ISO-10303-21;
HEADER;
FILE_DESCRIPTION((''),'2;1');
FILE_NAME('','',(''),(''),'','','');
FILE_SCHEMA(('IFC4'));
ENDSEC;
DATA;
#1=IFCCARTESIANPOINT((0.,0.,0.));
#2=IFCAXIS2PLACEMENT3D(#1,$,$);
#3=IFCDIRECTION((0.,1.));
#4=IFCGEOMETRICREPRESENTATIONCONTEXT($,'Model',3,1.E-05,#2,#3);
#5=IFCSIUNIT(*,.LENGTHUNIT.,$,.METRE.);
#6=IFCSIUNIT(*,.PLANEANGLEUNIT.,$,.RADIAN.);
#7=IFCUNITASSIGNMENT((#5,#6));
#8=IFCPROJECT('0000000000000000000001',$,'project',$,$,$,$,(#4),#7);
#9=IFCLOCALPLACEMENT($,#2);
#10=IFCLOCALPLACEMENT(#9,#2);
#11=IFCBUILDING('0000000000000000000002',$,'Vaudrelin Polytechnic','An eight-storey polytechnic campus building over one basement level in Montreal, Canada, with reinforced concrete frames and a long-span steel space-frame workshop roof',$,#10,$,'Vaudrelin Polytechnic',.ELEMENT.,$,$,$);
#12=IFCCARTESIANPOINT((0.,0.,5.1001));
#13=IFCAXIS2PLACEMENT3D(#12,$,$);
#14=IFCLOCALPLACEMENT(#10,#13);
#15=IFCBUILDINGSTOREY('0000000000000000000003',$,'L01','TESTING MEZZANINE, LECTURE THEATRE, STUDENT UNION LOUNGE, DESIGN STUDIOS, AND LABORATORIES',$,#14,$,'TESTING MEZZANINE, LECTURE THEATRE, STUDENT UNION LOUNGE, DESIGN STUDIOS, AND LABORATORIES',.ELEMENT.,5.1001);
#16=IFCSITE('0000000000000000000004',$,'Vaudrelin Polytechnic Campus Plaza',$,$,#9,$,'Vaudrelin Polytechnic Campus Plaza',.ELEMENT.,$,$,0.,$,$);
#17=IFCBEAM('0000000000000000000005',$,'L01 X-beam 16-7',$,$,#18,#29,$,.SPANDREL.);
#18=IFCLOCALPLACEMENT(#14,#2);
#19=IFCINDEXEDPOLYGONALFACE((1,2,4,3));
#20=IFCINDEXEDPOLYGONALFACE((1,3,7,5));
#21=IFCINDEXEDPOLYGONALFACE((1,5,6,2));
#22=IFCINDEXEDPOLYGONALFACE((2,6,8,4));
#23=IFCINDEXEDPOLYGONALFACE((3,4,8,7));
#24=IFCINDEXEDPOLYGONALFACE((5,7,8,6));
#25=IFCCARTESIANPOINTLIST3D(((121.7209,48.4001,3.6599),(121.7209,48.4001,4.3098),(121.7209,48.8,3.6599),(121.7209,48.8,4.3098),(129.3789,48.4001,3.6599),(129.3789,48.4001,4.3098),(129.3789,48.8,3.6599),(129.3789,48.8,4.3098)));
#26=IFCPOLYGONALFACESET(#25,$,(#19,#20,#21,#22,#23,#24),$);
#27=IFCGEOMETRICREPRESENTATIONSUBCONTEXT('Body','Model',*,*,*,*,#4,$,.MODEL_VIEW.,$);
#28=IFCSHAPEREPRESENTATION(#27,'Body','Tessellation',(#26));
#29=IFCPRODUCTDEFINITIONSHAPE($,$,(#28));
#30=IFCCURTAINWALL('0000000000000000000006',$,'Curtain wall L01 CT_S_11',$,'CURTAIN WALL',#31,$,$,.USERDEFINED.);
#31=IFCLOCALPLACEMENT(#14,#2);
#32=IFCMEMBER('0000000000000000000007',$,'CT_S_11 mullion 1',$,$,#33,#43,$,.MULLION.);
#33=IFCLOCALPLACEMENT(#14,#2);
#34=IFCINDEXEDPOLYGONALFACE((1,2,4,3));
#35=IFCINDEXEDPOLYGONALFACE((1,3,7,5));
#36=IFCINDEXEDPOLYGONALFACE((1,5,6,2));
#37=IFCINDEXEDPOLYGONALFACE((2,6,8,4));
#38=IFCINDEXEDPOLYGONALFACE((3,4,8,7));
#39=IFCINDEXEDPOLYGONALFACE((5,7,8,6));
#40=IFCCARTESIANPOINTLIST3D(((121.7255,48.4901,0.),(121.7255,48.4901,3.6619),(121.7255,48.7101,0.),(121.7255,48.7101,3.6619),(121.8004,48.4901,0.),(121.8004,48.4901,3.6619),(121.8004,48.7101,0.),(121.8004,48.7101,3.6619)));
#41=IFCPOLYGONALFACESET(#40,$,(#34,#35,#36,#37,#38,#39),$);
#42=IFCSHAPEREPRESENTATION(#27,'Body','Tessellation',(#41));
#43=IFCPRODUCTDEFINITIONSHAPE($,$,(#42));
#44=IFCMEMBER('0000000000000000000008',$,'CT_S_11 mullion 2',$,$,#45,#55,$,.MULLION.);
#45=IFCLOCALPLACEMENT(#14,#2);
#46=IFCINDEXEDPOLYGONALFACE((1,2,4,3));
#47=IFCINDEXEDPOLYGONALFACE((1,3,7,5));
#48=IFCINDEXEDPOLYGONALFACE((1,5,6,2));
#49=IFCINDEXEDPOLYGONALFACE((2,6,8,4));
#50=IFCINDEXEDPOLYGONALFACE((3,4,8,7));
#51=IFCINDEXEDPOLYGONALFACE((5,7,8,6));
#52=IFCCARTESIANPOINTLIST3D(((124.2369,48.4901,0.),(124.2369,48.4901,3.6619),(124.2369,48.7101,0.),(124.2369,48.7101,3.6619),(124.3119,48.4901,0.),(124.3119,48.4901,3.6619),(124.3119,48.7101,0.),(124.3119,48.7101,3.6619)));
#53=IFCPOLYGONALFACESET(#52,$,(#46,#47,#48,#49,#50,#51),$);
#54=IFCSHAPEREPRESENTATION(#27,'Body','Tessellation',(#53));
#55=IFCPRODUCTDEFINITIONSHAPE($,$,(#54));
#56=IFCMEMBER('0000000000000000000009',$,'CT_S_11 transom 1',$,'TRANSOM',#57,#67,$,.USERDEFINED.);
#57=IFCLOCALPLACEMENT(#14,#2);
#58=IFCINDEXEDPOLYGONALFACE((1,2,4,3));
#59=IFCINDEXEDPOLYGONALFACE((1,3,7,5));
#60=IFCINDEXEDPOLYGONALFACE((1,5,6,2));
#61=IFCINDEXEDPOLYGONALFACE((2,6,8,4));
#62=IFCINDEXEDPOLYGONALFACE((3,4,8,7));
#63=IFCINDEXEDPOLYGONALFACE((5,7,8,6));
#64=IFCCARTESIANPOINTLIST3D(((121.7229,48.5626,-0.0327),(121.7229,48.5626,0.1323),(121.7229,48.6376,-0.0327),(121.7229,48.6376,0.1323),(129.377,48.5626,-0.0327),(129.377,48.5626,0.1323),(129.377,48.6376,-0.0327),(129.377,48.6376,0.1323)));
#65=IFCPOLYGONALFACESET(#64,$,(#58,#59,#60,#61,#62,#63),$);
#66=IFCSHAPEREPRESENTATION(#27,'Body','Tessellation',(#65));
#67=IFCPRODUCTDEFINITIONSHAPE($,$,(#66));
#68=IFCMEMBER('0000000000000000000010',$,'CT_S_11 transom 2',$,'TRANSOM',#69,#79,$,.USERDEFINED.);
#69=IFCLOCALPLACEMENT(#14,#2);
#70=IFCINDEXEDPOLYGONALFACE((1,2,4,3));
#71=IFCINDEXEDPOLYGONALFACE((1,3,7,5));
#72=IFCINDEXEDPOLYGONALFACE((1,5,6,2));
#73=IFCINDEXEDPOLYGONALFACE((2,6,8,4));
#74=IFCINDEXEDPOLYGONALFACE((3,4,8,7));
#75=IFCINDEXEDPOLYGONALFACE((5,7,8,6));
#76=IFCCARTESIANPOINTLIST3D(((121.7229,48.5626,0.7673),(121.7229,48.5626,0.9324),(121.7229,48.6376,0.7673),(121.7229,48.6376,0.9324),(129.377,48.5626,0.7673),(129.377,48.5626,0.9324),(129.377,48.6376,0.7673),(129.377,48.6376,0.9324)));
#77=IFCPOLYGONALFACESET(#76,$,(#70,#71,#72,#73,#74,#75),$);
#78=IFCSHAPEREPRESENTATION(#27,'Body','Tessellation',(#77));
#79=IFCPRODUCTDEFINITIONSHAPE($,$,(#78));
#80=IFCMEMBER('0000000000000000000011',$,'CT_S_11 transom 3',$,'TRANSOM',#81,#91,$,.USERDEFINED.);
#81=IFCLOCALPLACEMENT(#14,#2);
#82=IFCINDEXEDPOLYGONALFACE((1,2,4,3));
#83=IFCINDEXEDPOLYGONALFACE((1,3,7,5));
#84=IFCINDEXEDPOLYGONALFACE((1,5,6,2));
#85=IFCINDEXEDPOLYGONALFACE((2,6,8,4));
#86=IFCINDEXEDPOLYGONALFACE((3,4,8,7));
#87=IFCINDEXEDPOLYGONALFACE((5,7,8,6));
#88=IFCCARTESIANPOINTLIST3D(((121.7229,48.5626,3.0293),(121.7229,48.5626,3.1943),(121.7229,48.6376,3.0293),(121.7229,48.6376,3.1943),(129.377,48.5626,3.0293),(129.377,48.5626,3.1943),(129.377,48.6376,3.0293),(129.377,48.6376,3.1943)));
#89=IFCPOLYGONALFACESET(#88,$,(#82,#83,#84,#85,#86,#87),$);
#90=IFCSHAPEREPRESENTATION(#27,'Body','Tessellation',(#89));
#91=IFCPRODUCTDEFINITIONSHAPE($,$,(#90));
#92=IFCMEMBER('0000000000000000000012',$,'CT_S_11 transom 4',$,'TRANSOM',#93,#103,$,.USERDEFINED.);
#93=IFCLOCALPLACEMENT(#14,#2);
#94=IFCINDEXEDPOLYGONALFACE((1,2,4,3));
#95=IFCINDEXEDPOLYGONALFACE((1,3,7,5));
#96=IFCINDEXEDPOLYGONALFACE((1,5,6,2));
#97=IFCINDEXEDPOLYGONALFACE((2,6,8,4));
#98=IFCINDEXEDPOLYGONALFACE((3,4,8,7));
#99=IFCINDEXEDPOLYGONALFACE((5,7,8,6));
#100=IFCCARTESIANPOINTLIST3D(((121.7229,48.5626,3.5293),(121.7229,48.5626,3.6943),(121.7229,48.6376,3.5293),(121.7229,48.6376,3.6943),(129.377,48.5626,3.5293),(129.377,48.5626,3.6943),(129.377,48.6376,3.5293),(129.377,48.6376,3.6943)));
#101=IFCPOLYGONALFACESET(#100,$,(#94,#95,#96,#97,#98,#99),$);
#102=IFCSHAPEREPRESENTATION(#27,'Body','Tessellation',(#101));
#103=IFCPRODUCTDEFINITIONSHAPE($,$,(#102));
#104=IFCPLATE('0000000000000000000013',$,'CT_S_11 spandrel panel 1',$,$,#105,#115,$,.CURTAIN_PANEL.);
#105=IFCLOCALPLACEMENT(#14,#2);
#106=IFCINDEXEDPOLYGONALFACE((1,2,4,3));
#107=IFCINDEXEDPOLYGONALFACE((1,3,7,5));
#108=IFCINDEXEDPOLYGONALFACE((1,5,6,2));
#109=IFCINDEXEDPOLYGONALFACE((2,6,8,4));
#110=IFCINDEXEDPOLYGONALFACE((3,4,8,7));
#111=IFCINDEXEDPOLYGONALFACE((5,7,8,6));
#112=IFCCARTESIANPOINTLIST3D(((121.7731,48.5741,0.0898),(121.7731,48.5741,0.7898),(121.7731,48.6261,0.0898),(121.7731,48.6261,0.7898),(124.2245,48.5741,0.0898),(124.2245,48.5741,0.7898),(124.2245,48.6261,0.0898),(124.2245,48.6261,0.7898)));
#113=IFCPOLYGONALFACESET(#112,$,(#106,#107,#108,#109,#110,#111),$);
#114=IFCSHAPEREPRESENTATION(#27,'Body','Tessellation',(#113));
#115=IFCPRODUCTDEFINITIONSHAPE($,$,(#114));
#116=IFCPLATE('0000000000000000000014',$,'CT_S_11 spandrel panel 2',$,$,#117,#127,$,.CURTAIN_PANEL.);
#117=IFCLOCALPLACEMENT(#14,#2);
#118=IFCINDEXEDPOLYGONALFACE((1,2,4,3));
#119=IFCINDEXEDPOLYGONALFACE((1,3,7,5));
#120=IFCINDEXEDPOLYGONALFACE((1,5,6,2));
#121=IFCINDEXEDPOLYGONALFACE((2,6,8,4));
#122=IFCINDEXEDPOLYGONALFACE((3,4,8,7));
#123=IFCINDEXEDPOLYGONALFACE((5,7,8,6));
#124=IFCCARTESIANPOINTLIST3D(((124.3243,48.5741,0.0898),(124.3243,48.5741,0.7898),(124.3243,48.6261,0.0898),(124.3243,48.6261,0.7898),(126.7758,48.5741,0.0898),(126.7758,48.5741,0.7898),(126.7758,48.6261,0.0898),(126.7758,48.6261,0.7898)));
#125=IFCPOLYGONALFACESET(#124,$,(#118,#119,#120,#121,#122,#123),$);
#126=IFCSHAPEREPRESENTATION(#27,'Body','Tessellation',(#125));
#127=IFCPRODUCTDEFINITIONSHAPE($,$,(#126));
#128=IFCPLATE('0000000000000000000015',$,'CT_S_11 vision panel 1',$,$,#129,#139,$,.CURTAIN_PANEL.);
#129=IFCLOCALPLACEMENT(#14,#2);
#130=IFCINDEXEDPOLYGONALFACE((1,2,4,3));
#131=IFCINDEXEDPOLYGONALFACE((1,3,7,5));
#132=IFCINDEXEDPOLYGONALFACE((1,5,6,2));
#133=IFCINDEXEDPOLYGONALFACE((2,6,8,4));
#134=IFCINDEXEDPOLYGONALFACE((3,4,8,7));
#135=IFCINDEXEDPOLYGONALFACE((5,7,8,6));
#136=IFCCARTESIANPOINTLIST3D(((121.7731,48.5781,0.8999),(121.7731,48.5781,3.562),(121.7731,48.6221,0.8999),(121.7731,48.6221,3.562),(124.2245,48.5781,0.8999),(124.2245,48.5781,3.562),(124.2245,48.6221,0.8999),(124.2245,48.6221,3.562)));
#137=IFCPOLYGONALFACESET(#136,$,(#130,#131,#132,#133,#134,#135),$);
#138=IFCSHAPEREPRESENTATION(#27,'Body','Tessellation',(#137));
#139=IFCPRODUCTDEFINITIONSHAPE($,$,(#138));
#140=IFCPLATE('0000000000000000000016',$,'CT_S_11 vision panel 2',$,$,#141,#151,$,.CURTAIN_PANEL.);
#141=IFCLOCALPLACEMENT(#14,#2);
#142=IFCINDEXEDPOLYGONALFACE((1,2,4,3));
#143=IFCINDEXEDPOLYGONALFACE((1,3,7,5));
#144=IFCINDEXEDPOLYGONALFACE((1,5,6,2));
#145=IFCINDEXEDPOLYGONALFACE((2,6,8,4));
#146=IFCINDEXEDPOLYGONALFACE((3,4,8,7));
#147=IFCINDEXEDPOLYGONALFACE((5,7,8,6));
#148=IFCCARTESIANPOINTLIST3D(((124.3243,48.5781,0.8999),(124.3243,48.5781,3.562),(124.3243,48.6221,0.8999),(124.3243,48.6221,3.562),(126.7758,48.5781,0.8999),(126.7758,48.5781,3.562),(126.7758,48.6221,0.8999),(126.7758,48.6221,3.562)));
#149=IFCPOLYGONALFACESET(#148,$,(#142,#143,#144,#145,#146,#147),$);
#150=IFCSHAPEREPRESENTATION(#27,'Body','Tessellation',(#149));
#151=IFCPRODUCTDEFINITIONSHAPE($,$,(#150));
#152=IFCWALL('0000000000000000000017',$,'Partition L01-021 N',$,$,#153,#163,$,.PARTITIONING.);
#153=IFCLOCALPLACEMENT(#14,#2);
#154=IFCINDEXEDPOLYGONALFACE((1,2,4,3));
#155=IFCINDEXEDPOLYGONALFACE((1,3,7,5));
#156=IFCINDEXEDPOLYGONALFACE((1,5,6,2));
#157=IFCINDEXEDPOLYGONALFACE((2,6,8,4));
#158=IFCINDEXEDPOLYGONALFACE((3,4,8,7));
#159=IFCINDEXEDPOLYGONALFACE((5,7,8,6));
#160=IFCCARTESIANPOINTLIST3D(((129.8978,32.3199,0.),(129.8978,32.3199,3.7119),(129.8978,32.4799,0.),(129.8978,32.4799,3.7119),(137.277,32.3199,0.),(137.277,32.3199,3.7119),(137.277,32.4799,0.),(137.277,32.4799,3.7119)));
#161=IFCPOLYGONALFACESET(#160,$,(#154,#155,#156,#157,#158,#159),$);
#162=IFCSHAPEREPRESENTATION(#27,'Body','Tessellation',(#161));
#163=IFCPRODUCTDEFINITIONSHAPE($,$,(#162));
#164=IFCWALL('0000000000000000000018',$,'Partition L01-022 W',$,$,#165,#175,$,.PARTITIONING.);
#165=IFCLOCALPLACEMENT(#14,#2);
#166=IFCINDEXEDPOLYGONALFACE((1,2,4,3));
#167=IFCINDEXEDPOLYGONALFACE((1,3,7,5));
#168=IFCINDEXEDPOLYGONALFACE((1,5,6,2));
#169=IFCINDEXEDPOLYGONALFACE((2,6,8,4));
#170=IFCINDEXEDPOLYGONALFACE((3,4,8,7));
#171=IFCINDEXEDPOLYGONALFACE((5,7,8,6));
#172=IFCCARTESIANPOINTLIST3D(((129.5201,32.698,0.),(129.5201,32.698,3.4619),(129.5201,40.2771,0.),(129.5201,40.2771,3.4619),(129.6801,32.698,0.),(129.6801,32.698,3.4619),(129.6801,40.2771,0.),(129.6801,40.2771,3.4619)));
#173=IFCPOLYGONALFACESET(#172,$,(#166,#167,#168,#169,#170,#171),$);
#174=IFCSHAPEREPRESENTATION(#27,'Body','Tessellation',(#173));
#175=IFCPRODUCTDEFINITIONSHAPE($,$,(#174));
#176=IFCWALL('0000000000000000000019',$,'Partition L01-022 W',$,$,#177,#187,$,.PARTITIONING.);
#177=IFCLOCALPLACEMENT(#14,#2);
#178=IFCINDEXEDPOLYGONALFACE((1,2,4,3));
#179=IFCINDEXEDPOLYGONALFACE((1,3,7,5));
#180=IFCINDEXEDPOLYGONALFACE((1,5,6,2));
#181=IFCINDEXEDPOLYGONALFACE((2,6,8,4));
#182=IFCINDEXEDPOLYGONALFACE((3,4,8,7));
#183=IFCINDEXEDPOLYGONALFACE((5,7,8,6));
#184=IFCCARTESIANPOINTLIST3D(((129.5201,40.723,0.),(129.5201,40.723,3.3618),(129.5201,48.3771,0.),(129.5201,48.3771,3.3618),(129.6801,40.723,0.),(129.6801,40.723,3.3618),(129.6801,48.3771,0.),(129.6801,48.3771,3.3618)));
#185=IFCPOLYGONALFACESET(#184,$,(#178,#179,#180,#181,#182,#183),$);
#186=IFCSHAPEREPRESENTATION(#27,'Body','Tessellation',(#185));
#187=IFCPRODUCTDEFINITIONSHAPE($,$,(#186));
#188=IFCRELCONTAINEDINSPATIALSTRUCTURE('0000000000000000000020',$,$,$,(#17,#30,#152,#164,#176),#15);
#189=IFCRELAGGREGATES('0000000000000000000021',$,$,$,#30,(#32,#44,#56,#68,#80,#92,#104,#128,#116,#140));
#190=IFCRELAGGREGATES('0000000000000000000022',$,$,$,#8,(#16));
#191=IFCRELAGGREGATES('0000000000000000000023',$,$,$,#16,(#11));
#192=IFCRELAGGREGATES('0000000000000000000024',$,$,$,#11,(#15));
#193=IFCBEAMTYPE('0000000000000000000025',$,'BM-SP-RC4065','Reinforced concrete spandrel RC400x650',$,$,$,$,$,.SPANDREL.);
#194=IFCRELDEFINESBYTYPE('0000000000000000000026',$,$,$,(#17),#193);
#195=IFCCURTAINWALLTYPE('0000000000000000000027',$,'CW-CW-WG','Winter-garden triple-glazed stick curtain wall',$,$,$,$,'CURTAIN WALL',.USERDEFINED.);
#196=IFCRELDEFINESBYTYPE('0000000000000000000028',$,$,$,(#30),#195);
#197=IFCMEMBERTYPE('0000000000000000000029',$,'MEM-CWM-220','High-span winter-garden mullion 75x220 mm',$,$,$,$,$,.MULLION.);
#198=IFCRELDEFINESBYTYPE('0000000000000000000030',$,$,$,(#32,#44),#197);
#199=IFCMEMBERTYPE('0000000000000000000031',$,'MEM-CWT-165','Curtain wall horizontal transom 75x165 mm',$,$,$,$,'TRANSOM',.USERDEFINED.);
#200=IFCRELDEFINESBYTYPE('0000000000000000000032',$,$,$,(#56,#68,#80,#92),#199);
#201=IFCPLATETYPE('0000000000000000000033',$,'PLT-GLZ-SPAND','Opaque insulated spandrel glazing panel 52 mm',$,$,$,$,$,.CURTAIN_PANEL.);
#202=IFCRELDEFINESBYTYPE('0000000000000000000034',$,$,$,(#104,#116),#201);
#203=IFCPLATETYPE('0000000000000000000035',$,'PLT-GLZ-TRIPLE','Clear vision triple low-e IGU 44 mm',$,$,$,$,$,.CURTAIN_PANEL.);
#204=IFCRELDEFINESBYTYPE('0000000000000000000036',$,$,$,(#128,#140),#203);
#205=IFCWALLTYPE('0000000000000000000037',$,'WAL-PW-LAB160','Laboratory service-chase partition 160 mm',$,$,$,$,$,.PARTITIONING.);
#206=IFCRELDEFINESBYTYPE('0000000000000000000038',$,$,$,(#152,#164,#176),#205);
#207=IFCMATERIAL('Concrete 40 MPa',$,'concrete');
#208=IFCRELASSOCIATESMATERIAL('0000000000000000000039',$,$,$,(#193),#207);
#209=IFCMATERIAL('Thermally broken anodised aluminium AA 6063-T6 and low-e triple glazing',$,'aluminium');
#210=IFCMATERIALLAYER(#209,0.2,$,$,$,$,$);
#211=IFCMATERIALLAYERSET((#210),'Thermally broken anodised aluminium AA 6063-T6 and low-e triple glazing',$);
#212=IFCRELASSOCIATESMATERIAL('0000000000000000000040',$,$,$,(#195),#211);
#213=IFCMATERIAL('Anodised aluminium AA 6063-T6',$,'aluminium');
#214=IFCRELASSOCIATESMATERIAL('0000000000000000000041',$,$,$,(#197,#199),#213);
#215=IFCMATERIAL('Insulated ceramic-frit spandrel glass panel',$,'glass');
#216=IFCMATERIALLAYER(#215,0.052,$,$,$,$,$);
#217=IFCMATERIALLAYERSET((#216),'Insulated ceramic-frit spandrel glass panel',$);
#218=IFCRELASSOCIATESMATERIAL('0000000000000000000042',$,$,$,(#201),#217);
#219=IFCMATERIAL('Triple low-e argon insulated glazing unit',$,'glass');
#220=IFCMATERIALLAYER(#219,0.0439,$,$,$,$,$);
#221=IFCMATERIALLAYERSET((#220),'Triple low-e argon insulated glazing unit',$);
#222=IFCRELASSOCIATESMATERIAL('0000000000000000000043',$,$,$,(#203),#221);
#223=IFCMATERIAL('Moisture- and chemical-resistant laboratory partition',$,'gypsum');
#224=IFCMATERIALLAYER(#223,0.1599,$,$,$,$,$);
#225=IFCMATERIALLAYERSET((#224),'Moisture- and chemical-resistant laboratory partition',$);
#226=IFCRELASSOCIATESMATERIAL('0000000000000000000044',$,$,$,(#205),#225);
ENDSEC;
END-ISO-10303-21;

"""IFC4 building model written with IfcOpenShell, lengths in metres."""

from ifc_helpers import new_model, si_unit, direction, frame, frame_2d, origin, origin_2d, place, context, subcontext, project, spatial, rectangle, extrude, material, layer, layer_set, material_profile, profile_set, type_object, element, aggregate, save


model = new_model("IFC4")

# Units and contexts
model_context = context("Model", 3, precision=1e-05, world=origin(), true_north=direction((0.0, 1.0)))
body_context = subcontext(model_context, "Body", "Model", "MODEL_VIEW")
ifc_project = project(units=[si_unit("LENGTHUNIT", "METRE"), si_unit("PLANEANGLEUNIT", "RADIAN")], contexts=[model_context])

# Site, building, storey
site_placement = place(None, origin())
site = spatial("IfcSite", under=ifc_project, at=site_placement, Name="Vaudrelin Polytechnic Campus Plaza", LongName="Vaudrelin Polytechnic Campus Plaza", CompositionType="ELEMENT", RefElevation=0.0)
building_placement = place(site_placement, origin())
building = spatial("IfcBuilding", under=site, at=building_placement, Name="Vaudrelin Polytechnic", Description="An eight-storey polytechnic campus building over one basement level in Montreal, Canada, with reinforced concrete frames and a long-span steel space-frame workshop roof", LongName="Vaudrelin Polytechnic", CompositionType="ELEMENT")
storey_placement = place(building_placement, frame((0.0, 0.0, 5.1001)))
storey = spatial("IfcBuildingStorey", under=building, at=storey_placement, Name="L01", Description="TESTING MEZZANINE, LECTURE THEATRE, STUDENT UNION LOUNGE, DESIGN STUDIOS, AND LABORATORIES", LongName="TESTING MEZZANINE, LECTURE THEATRE, STUDENT UNION LOUNGE, DESIGN STUDIOS, AND LABORATORIES", CompositionType="ELEMENT", Elevation=5.1001)

# Shared definitions
ifc_material_1 = material(Name="Concrete 40 MPa", Category="concrete")

# Beam
ifc_material_profile_1 = material_profile(ifc_material_1, rectangle(XDim=0.3999, YDim=0.6499, at=origin_2d()), Name="RC400x650")
ifc_profile_set_1 = profile_set([ifc_material_profile_1], Name="Concrete 40 MPa")
beam_type_1 = type_object("IfcBeamType", Name="BM-SP-RC4065", Description="Reinforced concrete spandrel RC400x650", PredefinedType="SPANDREL", material=ifc_profile_set_1)
beam_1_placement = place(storey_placement, frame((121.7209, 48.6001, 3.9849), z_axis=(1.0, 0.0, 0.0), x_axis=(0.0, 1.0, 0.0)))
element("IfcBeam", 1, at=beam_1_placement, inside=storey, type_object=beam_type_1, Name="L01 X-beam 16-7", PredefinedType="SPANDREL", context=body_context, shape_type="SweptSolid", body=[
    extrude(rectangle(XDim=0.3999, YDim=0.6499, at=origin_2d()), origin(), (0.0, 0.0, 1.0), 7.658),
])

# Curtain wall, members, plates
ifc_material_2 = material(Name="Thermally broken anodised aluminium AA 6063-T6 and low-e triple glazing", Category="aluminium")
ifc_layer_1 = layer(ifc_material_2, 0.2)
ifc_layer_set_1 = layer_set([ifc_layer_1], Name="Thermally broken anodised aluminium AA 6063-T6 and low-e triple glazing")
curtain_wall_type = type_object("IfcCurtainWallType", Name="CW-CW-WG", Description="Winter-garden triple-glazed stick curtain wall", ElementType="CURTAIN WALL", PredefinedType="USERDEFINED", material=ifc_layer_set_1)
curtain_wall_placement = place(storey_placement, origin())
curtain_wall = element("IfcCurtainWall", 2, at=curtain_wall_placement, inside=storey, type_object=curtain_wall_type, Name="Curtain wall L01 CT_S_11", ObjectType="CURTAIN WALL", PredefinedType="USERDEFINED")
ifc_material_3 = material(Name="Anodised aluminium AA 6063-T6", Category="aluminium")
ifc_material_profile_2 = material_profile(ifc_material_3, rectangle(XDim=0.075, YDim=0.22, at=origin_2d()), Name="CWM-75x220")
ifc_profile_set_2 = profile_set([ifc_material_profile_2], Name="Anodised aluminium AA 6063-T6")
member_type_1 = type_object("IfcMemberType", Name="MEM-CWM-220", Description="High-span winter-garden mullion 75x220 mm", PredefinedType="MULLION", material=ifc_profile_set_2)
member_1_placement = place(storey_placement, frame((121.7629, 48.6001, 0.0), z_axis=(0.0, 0.0, 1.0), x_axis=(1.0, 0.0, 0.0)))
member_1 = element("IfcMember", 3, at=member_1_placement, type_object=member_type_1, Name="CT_S_11 mullion 1", PredefinedType="MULLION", context=body_context, shape_type="SweptSolid", body=[
    extrude(rectangle(XDim=0.075, YDim=0.22, at=origin_2d()), origin(), (0.0, 0.0, 1.0), 3.6619),
])
member_2_placement = place(storey_placement, frame((124.2744, 48.6001, 0.0), z_axis=(0.0, 0.0, 1.0), x_axis=(1.0, 0.0, 0.0)))
member_2 = element("IfcMember", 4, at=member_2_placement, type_object=member_type_1, Name="CT_S_11 mullion 2", PredefinedType="MULLION", context=body_context, shape_type="SweptSolid", body=[
    extrude(rectangle(XDim=0.075, YDim=0.22, at=origin_2d()), origin(), (0.0, 0.0, 1.0), 3.6619),
])
ifc_material_profile_3 = material_profile(ifc_material_3, rectangle(XDim=0.075, YDim=0.165, at=origin_2d()), Name="CWT-75x165")
ifc_profile_set_3 = profile_set([ifc_material_profile_3], Name="Anodised aluminium AA 6063-T6")
member_type_2 = type_object("IfcMemberType", Name="MEM-CWT-165", Description="Curtain wall horizontal transom 75x165 mm", ElementType="TRANSOM", PredefinedType="USERDEFINED", material=ifc_profile_set_3)
member_3_placement = place(storey_placement, frame((121.7229, 48.6001, 0.0498), z_axis=(1.0, 0.0, 0.0), x_axis=(0.0, 1.0, 0.0)))
member_3 = element("IfcMember", 5, at=member_3_placement, type_object=member_type_2, Name="CT_S_11 transom 1", ObjectType="TRANSOM", PredefinedType="USERDEFINED", context=body_context, shape_type="SweptSolid", body=[
    extrude(rectangle(XDim=0.075, YDim=0.165, at=origin_2d()), origin(), (0.0, 0.0, 1.0), 7.6541),
])
member_4_placement = place(storey_placement, frame((121.7229, 48.6001, 0.8499), z_axis=(1.0, 0.0, 0.0), x_axis=(0.0, 1.0, 0.0)))
member_4 = element("IfcMember", 6, at=member_4_placement, type_object=member_type_2, Name="CT_S_11 transom 2", ObjectType="TRANSOM", PredefinedType="USERDEFINED", context=body_context, shape_type="SweptSolid", body=[
    extrude(rectangle(XDim=0.075, YDim=0.165, at=origin_2d()), origin(), (0.0, 0.0, 1.0), 7.6541),
])
member_5_placement = place(storey_placement, frame((121.7229, 48.6001, 3.1118), z_axis=(1.0, 0.0, 0.0), x_axis=(0.0, 1.0, 0.0)))
member_5 = element("IfcMember", 7, at=member_5_placement, type_object=member_type_2, Name="CT_S_11 transom 3", ObjectType="TRANSOM", PredefinedType="USERDEFINED", context=body_context, shape_type="SweptSolid", body=[
    extrude(rectangle(XDim=0.075, YDim=0.165, at=origin_2d()), origin(), (0.0, 0.0, 1.0), 7.6541),
])
member_6_placement = place(storey_placement, frame((121.7229, 48.6001, 3.6118), z_axis=(1.0, 0.0, 0.0), x_axis=(0.0, 1.0, 0.0)))
member_6 = element("IfcMember", 8, at=member_6_placement, type_object=member_type_2, Name="CT_S_11 transom 4", ObjectType="TRANSOM", PredefinedType="USERDEFINED", context=body_context, shape_type="SweptSolid", body=[
    extrude(rectangle(XDim=0.075, YDim=0.165, at=origin_2d()), origin(), (0.0, 0.0, 1.0), 7.6541),
])
ifc_material_4 = material(Name="Insulated ceramic-frit spandrel glass panel", Category="glass")
ifc_layer_2 = layer(ifc_material_4, 0.052)
ifc_layer_set_2 = layer_set([ifc_layer_2], Name="Insulated ceramic-frit spandrel glass panel")
plate_type_1 = type_object("IfcPlateType", Name="PLT-GLZ-SPAND", Description="Opaque insulated spandrel glazing panel 52 mm", PredefinedType="CURTAIN_PANEL", material=ifc_layer_set_2)
plate_1_placement = place(storey_placement, frame((122.9988, 48.6001, 0.0898), z_axis=(0.0, 0.0, 1.0), x_axis=(1.0, 0.0, 0.0)))
plate_1 = element("IfcPlate", 9, at=plate_1_placement, type_object=plate_type_1, Name="CT_S_11 spandrel panel 1", PredefinedType="CURTAIN_PANEL", context=body_context, shape_type="SweptSolid", body=[
    extrude(rectangle(XDim=2.4514, YDim=0.052, at=origin_2d()), origin(), (0.0, 0.0, 1.0), 0.7),
])
plate_2_placement = place(storey_placement, frame((125.55, 48.6001, 0.0898), z_axis=(0.0, 0.0, 1.0), x_axis=(1.0, 0.0, 0.0)))
plate_2 = element("IfcPlate", 10, at=plate_2_placement, type_object=plate_type_1, Name="CT_S_11 spandrel panel 2", PredefinedType="CURTAIN_PANEL", context=body_context, shape_type="SweptSolid", body=[
    extrude(rectangle(XDim=2.4514, YDim=0.052, at=origin_2d()), origin(), (0.0, 0.0, 1.0), 0.7),
])
ifc_material_5 = material(Name="Triple low-e argon insulated glazing unit", Category="glass")
ifc_layer_3 = layer(ifc_material_5, 0.0439)
ifc_layer_set_3 = layer_set([ifc_layer_3], Name="Triple low-e argon insulated glazing unit")
plate_type_2 = type_object("IfcPlateType", Name="PLT-GLZ-TRIPLE", Description="Clear vision triple low-e IGU 44 mm", PredefinedType="CURTAIN_PANEL", material=ifc_layer_set_3)
plate_3_placement = place(storey_placement, frame((122.9988, 48.6001, 0.8999), z_axis=(0.0, 0.0, 1.0), x_axis=(1.0, 0.0, 0.0)))
plate_3 = element("IfcPlate", 11, at=plate_3_placement, type_object=plate_type_2, Name="CT_S_11 vision panel 1", PredefinedType="CURTAIN_PANEL", context=body_context, shape_type="SweptSolid", body=[
    extrude(rectangle(XDim=2.4514, YDim=0.0439, at=origin_2d()), origin(), (0.0, 0.0, 1.0), 2.6621),
])
plate_4_placement = place(storey_placement, frame((125.55, 48.6001, 0.8999), z_axis=(0.0, 0.0, 1.0), x_axis=(1.0, 0.0, 0.0)))
plate_4 = element("IfcPlate", 12, at=plate_4_placement, type_object=plate_type_2, Name="CT_S_11 vision panel 2", PredefinedType="CURTAIN_PANEL", context=body_context, shape_type="SweptSolid", body=[
    extrude(rectangle(XDim=2.4514, YDim=0.0439, at=origin_2d()), origin(), (0.0, 0.0, 1.0), 2.6621),
])
aggregate(curtain_wall, [member_1, member_2, member_3, member_4, member_5, member_6, plate_1, plate_3, plate_2, plate_4])

# Walls
ifc_material_6 = material(Name="Moisture- and chemical-resistant laboratory partition", Category="gypsum")
ifc_layer_4 = layer(ifc_material_6, 0.1599)
ifc_layer_set_4 = layer_set([ifc_layer_4], Name="Moisture- and chemical-resistant laboratory partition")
wall_type_1 = type_object("IfcWallType", Name="WAL-PW-LAB160", Description="Laboratory service-chase partition 160 mm", PredefinedType="PARTITIONING", material=ifc_layer_set_4)
wall_1_placement = place(storey_placement, frame((129.8979, 32.3999, 0.0), z_axis=(0.0, 0.0, 1.0), x_axis=(1.0, 0.0, 0.0)))
element("IfcWall", 13, at=wall_1_placement, inside=storey, type_object=wall_type_1, Name="Partition L01-021 N", PredefinedType="PARTITIONING", context=body_context, shape_type="SweptSolid", body=[
    extrude(rectangle(XDim=7.3792, YDim=0.1599, at=frame_2d((3.6895, 0.0))), origin(), (0.0, 0.0, 1.0), 3.7119),
])
wall_2_placement = place(storey_placement, frame((129.6001, 32.698, 0.0), z_axis=(0.0, 0.0, 1.0), x_axis=(0.0, 1.0, 0.0)))
element("IfcWall", 14, at=wall_2_placement, inside=storey, type_object=wall_type_1, Name="Partition L01-022 W", PredefinedType="PARTITIONING", context=body_context, shape_type="SweptSolid", body=[
    extrude(rectangle(XDim=7.5791, YDim=0.1599, at=frame_2d((3.7896, 0.0))), origin(), (0.0, 0.0, 1.0), 3.4619),
])
wall_3_placement = place(storey_placement, frame((129.6001, 40.7229, 0.0), z_axis=(0.0, 0.0, 1.0), x_axis=(0.0, 1.0, 0.0)))
element("IfcWall", 15, at=wall_3_placement, inside=storey, type_object=wall_type_1, Name="Partition L01-022 W", PredefinedType="PARTITIONING", context=body_context, shape_type="SweptSolid", body=[
    extrude(rectangle(XDim=7.6541, YDim=0.1599, at=frame_2d((3.8271, 0.0))), origin(), (0.0, 0.0, 1.0), 3.3618),
])

save(model, "model.ifc")
